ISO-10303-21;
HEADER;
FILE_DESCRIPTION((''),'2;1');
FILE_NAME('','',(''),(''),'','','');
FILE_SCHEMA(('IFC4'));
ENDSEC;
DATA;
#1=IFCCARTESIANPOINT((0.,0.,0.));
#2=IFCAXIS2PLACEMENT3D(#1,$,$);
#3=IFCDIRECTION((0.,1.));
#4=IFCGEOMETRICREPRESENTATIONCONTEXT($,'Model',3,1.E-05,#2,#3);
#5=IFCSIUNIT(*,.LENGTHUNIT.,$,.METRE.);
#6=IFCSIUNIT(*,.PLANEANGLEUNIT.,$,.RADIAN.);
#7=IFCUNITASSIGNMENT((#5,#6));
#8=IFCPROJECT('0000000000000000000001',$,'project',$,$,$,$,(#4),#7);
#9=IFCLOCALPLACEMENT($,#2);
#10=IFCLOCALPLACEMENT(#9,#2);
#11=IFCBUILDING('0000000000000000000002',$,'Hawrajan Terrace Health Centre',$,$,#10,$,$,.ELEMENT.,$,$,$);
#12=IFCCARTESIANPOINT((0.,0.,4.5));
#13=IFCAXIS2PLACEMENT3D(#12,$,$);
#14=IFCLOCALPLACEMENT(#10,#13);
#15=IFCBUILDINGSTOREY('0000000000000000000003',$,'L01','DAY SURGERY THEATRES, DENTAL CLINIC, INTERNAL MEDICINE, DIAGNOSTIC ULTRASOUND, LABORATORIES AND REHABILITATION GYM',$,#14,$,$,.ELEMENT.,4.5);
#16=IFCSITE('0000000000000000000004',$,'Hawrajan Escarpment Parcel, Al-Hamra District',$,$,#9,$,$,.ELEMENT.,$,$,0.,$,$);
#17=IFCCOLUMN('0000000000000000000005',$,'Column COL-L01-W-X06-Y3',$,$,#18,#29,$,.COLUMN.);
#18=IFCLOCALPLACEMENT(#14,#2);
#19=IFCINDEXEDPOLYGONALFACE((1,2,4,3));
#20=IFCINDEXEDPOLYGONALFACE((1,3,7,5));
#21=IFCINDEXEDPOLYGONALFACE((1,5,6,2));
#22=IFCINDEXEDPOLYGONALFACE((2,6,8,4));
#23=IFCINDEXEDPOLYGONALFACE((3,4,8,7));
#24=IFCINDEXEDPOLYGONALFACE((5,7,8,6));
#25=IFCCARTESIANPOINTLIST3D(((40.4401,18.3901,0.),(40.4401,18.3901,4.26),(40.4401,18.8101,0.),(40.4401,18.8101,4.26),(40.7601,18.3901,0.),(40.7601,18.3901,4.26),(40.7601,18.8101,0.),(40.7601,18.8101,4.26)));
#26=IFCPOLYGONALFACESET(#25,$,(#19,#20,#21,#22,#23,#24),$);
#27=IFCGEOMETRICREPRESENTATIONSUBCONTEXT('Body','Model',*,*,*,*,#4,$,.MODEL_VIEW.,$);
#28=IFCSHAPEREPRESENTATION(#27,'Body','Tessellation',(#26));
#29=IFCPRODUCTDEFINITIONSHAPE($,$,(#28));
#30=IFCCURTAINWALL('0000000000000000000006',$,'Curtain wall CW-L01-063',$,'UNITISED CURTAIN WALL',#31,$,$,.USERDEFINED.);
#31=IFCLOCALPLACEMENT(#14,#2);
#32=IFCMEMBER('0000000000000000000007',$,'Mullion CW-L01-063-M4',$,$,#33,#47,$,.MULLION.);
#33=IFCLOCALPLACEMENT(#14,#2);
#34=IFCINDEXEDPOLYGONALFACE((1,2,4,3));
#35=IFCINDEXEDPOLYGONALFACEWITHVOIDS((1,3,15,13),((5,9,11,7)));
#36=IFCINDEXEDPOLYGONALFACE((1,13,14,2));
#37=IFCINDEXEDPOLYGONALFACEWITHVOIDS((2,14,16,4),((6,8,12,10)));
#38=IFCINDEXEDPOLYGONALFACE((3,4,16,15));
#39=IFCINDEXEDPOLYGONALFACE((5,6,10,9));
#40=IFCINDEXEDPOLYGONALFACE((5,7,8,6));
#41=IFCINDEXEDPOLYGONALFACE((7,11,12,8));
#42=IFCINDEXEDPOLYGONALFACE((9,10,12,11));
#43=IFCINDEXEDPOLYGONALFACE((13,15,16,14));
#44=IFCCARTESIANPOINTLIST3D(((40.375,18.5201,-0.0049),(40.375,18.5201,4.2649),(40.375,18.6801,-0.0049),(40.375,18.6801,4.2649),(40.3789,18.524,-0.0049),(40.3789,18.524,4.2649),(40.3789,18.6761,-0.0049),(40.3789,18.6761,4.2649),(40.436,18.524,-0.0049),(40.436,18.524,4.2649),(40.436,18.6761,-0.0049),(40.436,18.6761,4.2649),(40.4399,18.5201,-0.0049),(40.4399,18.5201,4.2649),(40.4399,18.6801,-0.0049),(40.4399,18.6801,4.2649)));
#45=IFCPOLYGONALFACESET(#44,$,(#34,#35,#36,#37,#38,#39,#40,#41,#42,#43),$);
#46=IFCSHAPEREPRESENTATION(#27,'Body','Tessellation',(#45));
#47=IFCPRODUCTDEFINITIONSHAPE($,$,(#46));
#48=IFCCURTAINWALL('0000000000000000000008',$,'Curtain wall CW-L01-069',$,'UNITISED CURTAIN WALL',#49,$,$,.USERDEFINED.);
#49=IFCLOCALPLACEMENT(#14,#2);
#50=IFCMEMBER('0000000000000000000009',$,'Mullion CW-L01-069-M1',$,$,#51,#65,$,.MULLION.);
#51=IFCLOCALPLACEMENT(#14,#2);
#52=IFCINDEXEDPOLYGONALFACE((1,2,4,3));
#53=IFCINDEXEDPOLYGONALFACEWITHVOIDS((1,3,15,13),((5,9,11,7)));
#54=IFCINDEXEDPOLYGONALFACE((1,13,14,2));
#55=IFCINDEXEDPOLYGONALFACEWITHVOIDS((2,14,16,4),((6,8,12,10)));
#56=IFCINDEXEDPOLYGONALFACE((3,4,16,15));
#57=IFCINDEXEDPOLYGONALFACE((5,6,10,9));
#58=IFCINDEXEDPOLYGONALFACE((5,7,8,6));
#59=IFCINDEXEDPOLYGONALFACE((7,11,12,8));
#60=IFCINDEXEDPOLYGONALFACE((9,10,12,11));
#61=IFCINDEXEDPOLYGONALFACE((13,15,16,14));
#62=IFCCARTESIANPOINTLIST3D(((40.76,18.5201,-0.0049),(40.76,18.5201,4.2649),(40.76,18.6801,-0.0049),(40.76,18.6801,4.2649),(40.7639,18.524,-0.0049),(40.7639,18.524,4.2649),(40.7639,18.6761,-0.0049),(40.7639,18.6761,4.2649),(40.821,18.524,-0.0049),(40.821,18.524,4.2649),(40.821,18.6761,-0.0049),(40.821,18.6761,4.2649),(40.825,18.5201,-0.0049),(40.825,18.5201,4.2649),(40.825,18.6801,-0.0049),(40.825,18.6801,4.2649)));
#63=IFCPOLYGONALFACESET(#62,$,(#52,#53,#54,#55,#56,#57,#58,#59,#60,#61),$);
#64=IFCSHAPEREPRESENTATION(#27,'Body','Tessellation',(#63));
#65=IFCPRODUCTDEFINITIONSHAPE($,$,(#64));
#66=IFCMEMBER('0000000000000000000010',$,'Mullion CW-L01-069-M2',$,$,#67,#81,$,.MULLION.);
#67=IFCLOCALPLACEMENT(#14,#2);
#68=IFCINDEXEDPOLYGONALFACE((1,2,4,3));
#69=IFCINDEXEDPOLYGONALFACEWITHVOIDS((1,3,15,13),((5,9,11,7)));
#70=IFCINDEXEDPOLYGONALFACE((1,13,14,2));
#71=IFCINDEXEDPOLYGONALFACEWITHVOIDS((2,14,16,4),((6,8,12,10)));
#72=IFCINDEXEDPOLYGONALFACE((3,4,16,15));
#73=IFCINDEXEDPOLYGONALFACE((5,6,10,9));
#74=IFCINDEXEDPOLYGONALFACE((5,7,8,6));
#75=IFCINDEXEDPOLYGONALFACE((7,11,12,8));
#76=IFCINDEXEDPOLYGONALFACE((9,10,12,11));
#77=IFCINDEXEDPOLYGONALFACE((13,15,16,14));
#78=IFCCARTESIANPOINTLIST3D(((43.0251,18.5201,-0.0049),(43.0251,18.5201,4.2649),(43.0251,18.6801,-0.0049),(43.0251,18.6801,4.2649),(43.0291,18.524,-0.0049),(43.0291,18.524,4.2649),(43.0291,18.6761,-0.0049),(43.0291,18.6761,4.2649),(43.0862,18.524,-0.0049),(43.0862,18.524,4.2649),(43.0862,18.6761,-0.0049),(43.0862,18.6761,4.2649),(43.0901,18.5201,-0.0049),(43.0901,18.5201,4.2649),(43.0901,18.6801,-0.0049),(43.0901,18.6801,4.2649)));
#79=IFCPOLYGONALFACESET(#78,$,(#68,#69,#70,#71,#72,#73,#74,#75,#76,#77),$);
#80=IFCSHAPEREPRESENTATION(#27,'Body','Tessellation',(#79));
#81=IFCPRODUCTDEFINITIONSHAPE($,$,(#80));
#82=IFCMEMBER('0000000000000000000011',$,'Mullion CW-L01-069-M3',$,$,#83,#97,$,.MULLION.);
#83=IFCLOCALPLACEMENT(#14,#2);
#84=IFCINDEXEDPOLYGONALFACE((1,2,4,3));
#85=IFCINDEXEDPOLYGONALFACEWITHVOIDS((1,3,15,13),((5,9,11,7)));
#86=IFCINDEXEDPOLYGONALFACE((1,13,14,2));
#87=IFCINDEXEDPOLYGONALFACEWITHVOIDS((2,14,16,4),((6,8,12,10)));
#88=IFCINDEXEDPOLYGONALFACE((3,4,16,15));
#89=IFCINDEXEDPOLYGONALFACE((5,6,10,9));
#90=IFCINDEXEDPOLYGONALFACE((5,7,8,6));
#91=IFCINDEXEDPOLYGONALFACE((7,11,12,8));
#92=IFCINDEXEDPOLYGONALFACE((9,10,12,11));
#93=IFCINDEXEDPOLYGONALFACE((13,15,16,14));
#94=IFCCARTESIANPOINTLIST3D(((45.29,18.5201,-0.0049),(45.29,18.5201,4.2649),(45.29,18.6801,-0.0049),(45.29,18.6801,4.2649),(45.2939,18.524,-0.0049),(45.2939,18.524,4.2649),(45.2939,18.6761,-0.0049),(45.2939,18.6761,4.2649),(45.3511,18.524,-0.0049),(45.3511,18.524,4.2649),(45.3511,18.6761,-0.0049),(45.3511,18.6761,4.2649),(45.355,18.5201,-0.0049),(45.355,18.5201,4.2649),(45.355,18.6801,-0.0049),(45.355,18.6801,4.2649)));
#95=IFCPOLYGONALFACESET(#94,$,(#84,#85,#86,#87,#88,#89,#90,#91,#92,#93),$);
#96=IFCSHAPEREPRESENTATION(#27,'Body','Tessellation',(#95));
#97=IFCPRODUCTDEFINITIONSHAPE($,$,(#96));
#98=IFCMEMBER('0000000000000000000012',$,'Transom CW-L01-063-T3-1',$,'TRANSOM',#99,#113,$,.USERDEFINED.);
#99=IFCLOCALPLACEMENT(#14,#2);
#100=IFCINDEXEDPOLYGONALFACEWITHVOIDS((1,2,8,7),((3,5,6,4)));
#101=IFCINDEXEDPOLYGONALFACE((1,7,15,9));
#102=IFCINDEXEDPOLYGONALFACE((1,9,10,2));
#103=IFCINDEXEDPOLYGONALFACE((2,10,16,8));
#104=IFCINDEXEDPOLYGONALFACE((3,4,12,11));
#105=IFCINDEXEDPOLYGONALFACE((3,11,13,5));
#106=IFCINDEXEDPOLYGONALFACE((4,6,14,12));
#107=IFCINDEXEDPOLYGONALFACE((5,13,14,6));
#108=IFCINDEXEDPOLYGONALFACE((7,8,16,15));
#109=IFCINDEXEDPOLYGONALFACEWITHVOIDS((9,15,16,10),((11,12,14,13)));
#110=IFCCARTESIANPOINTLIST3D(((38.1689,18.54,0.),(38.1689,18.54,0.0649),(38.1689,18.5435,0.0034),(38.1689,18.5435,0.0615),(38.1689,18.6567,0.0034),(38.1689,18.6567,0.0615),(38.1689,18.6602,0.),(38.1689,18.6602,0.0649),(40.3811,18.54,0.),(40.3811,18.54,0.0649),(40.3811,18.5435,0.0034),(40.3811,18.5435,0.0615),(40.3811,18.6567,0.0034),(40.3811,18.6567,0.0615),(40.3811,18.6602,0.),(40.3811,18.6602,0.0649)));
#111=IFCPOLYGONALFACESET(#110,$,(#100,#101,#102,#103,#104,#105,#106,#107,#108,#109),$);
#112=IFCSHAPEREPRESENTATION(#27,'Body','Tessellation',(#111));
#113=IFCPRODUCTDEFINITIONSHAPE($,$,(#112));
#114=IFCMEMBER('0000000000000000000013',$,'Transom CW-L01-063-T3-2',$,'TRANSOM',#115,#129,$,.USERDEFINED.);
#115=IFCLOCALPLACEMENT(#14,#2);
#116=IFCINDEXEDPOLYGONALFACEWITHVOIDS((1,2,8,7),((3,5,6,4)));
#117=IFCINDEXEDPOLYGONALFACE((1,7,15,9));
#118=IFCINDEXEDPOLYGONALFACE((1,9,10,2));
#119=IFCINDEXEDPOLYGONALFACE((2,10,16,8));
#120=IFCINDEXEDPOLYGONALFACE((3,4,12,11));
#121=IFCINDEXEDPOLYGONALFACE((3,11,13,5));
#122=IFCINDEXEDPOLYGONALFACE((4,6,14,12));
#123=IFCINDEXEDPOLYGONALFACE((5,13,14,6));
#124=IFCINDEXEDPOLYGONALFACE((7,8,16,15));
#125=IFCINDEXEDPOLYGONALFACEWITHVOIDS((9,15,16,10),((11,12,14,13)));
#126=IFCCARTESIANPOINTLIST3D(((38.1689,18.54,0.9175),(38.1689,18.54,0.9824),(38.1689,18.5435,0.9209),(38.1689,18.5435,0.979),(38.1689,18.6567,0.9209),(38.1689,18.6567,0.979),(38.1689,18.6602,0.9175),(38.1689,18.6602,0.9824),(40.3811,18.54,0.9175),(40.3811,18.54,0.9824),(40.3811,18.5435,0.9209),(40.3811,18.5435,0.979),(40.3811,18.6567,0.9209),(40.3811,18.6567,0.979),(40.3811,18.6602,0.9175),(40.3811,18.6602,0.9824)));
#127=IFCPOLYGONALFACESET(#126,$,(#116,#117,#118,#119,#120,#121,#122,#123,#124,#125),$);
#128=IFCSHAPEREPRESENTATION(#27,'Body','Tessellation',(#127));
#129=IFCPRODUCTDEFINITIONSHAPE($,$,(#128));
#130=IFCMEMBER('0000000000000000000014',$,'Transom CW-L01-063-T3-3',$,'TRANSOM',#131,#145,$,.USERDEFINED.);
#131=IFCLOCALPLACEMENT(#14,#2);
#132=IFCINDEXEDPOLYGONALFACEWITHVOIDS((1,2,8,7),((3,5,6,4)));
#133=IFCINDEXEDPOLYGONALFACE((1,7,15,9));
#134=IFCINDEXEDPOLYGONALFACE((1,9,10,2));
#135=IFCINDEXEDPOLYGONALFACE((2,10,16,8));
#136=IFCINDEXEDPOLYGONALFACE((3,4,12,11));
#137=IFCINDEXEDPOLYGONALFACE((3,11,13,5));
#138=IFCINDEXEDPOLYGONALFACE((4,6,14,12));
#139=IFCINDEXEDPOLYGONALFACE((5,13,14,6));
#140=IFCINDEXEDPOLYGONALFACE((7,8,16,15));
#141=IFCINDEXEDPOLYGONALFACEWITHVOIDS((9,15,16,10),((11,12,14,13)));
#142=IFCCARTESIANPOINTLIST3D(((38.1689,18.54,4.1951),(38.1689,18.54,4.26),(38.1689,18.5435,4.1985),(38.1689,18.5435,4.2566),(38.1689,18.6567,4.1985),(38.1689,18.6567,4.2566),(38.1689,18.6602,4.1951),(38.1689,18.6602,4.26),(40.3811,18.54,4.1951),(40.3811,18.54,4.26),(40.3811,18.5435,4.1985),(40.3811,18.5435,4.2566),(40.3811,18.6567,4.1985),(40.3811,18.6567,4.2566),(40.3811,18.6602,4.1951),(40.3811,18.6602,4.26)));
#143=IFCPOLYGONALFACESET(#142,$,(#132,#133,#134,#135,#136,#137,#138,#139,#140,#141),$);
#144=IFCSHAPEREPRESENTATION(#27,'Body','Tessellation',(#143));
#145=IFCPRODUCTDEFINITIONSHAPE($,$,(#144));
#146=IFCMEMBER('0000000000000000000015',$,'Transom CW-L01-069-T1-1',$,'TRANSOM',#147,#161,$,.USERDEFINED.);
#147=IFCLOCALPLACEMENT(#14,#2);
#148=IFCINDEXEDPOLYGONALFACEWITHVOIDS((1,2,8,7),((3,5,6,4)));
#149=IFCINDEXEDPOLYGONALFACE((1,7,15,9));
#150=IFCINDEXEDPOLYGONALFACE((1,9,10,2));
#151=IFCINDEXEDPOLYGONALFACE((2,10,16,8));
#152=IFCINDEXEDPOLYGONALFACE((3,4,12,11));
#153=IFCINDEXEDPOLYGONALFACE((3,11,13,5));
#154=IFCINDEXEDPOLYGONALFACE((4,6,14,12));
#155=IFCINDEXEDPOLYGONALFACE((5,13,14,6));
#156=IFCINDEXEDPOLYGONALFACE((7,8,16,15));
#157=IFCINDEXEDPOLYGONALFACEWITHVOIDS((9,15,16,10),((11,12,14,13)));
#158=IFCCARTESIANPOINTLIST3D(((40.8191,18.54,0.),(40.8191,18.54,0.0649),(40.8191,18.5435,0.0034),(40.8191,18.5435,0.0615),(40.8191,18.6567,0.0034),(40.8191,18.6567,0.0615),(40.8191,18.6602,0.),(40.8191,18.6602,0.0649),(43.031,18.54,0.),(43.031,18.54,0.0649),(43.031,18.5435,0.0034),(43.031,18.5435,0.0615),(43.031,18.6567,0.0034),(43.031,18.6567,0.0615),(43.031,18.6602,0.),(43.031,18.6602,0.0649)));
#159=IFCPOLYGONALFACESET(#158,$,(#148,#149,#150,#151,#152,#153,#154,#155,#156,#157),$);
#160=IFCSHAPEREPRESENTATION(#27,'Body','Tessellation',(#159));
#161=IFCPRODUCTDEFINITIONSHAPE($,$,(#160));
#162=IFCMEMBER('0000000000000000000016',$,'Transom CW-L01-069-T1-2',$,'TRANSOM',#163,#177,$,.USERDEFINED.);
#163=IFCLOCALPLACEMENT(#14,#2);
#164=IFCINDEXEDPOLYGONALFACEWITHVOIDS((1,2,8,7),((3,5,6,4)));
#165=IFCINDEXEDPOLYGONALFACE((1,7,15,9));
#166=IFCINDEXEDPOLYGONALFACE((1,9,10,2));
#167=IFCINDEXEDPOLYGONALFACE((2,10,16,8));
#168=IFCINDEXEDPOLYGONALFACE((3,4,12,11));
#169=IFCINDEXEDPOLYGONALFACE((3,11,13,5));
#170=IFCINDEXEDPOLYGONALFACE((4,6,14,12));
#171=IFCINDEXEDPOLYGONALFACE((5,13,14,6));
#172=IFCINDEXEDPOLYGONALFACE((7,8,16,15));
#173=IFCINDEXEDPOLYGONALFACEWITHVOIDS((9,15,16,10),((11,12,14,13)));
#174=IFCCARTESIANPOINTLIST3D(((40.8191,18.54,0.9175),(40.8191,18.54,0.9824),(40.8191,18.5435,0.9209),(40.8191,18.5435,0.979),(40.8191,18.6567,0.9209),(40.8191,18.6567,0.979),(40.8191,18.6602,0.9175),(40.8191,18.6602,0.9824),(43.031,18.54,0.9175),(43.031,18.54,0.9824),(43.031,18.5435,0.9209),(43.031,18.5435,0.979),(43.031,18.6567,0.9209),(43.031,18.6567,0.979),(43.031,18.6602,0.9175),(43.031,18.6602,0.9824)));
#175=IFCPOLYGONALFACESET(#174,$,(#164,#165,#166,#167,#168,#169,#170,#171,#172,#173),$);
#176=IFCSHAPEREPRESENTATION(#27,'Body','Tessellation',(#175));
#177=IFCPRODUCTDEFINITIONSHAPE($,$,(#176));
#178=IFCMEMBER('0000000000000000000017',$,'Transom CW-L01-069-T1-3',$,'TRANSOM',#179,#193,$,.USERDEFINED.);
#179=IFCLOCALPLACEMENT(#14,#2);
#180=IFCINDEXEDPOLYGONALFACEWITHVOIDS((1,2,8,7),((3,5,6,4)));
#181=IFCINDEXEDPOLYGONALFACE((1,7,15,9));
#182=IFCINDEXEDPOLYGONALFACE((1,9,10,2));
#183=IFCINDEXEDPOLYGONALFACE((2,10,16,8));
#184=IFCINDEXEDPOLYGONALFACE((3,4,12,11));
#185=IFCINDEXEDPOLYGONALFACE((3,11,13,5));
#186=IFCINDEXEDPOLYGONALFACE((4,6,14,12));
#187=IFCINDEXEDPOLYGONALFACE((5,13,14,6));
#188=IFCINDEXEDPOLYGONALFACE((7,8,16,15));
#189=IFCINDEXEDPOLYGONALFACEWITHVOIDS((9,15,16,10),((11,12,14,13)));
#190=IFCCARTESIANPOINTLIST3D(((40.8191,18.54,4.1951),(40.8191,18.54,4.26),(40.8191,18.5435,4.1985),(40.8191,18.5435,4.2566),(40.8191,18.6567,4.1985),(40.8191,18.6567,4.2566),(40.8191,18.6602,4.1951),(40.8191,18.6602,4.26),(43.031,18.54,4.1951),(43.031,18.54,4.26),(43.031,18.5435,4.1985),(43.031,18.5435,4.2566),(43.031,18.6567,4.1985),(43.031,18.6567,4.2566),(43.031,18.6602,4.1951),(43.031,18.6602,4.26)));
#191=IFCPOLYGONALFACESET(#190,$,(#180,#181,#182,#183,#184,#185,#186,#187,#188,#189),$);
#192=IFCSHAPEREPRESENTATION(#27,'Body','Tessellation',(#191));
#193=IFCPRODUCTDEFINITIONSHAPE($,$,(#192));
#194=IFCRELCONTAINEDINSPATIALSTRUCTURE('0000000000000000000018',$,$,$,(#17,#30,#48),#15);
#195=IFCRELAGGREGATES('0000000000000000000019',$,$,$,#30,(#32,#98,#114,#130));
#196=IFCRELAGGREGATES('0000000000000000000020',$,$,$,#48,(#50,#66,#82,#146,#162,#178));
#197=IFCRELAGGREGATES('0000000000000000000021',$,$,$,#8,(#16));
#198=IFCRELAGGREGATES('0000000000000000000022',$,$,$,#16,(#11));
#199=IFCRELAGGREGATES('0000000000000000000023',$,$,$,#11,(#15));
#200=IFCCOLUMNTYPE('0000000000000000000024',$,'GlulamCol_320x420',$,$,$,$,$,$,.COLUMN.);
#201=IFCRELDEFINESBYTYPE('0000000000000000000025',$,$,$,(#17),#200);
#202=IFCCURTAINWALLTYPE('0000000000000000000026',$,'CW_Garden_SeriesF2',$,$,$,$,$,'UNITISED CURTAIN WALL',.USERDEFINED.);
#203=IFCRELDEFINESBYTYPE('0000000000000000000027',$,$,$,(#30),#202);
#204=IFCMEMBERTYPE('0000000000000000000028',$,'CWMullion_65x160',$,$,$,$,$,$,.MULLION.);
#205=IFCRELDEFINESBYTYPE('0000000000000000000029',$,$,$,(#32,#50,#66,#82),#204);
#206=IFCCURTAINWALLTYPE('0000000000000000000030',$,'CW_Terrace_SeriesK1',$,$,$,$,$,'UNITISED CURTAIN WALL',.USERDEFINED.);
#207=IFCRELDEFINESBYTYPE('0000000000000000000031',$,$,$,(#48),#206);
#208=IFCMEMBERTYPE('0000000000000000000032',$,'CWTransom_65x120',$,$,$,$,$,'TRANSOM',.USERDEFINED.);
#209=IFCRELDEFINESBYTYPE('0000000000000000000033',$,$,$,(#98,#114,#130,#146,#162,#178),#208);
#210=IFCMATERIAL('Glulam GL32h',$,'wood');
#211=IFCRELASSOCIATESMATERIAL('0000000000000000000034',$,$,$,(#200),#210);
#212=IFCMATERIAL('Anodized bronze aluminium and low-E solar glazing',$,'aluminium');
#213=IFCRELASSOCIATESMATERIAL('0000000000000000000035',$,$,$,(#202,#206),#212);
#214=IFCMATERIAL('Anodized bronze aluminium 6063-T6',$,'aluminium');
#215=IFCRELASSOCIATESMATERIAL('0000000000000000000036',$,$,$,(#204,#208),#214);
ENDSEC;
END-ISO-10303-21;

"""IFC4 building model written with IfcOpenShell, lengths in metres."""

from ifc_helpers import new_model, si_unit, direction, frame, origin, origin_2d, place, context, subcontext, project, spatial, rectangle, hollow_rectangle, extrude, material, material_profile, profile_set, type_object, element, aggregate, save


model = new_model("IFC4")

# Units and contexts
model_context = context("Model", 3, precision=1e-05, world=origin(), true_north=direction((0.0, 1.0)))
body_context = subcontext(model_context, "Body", "Model", "MODEL_VIEW")
ifc_project = project(units=[si_unit("LENGTHUNIT", "METRE"), si_unit("PLANEANGLEUNIT", "RADIAN")], contexts=[model_context])

# Site, building, storey
site_placement = place(None, origin())
site = spatial("IfcSite", under=ifc_project, at=site_placement, Name="Hawrajan Escarpment Parcel, Al-Hamra District", CompositionType="ELEMENT", RefElevation=0.0)
building_placement = place(site_placement, origin())
building = spatial("IfcBuilding", under=site, at=building_placement, Name="Hawrajan Terrace Health Centre", CompositionType="ELEMENT")
storey_placement = place(building_placement, frame((0.0, 0.0, 4.5)))
storey = spatial("IfcBuildingStorey", under=building, at=storey_placement, Name="L01", Description="DAY SURGERY THEATRES, DENTAL CLINIC, INTERNAL MEDICINE, DIAGNOSTIC ULTRASOUND, LABORATORIES AND REHABILITATION GYM", CompositionType="ELEMENT", Elevation=4.5)

# Column
ifc_material_1 = material(Name="Glulam GL32h", Category="wood")
ifc_material_profile_1 = material_profile(ifc_material_1, rectangle(XDim=0.3201, YDim=0.4199, at=origin_2d()), Name="GL 320x420")
ifc_profile_set_1 = profile_set([ifc_material_profile_1], Name="Glulam GL32h")
column_type = type_object("IfcColumnType", Name="GlulamCol_320x420", PredefinedType="COLUMN", material=ifc_profile_set_1)
column_placement = place(storey_placement, frame((40.6001, 18.6001, 0.0), z_axis=(0.0, 0.0, 1.0), x_axis=(1.0, 0.0, 0.0)))
element("IfcColumn", 1, at=column_placement, inside=storey, type_object=column_type, Name="Column COL-L01-W-X06-Y3", PredefinedType="COLUMN", context=body_context, shape_type="SweptSolid", body=[
    extrude(rectangle(XDim=0.3201, YDim=0.4199, at=origin_2d()), origin(), (0.0, 0.0, 1.0), 4.26),
])

# Curtain wall, member
ifc_material_2 = material(Name="Anodized bronze aluminium and low-E solar glazing", Category="aluminium")
curtain_wall_type_1 = type_object("IfcCurtainWallType", Name="CW_Garden_SeriesF2", ElementType="UNITISED CURTAIN WALL", PredefinedType="USERDEFINED", material=ifc_material_2)
curtain_wall_1_placement = place(storey_placement, origin())
curtain_wall_1 = element("IfcCurtainWall", 2, at=curtain_wall_1_placement, inside=storey, type_object=curtain_wall_type_1, Name="Curtain wall CW-L01-063", ObjectType="UNITISED CURTAIN WALL", PredefinedType="USERDEFINED")
ifc_material_3 = material(Name="Anodized bronze aluminium 6063-T6", Category="aluminium")
ifc_material_profile_2 = material_profile(ifc_material_3, hollow_rectangle(XDim=0.0649, YDim=0.1599, WallThickness=0.0039, at=origin_2d()), Name="CW MUL 65x160")
ifc_profile_set_2 = profile_set([ifc_material_profile_2], Name="Anodized bronze aluminium 6063-T6")
member_type_1 = type_object("IfcMemberType", Name="CWMullion_65x160", PredefinedType="MULLION", material=ifc_profile_set_2)
member_1_placement = place(storey_placement, frame((40.4075, 18.6001, -0.0049), z_axis=(0.0, 0.0, 1.0), x_axis=(1.0, 0.0, 0.0)))
member_1 = element("IfcMember", 3, at=member_1_placement, type_object=member_type_1, Name="Mullion CW-L01-063-M4", PredefinedType="MULLION", context=body_context, shape_type="SweptSolid", body=[
    extrude(hollow_rectangle(XDim=0.0649, YDim=0.1599, WallThickness=0.0039, at=origin_2d()), origin(), (0.0, 0.0, 1.0), 4.2698),
])

# Curtain wall, members
curtain_wall_type_2 = type_object("IfcCurtainWallType", Name="CW_Terrace_SeriesK1", ElementType="UNITISED CURTAIN WALL", PredefinedType="USERDEFINED", material=ifc_material_2)
curtain_wall_2_placement = place(storey_placement, origin())
curtain_wall_2 = element("IfcCurtainWall", 4, at=curtain_wall_2_placement, inside=storey, type_object=curtain_wall_type_2, Name="Curtain wall CW-L01-069", ObjectType="UNITISED CURTAIN WALL", PredefinedType="USERDEFINED")
member_2_placement = place(storey_placement, frame((40.7925, 18.6001, -0.0049), z_axis=(0.0, 0.0, 1.0), x_axis=(1.0, 0.0, 0.0)))
member_2 = element("IfcMember", 5, at=member_2_placement, type_object=member_type_1, Name="Mullion CW-L01-069-M1", PredefinedType="MULLION", context=body_context, shape_type="SweptSolid", body=[
    extrude(hollow_rectangle(XDim=0.0649, YDim=0.1599, WallThickness=0.0039, at=origin_2d()), origin(), (0.0, 0.0, 1.0), 4.2698),
])
member_3_placement = place(storey_placement, frame((43.0576, 18.6001, -0.0049), z_axis=(0.0, 0.0, 1.0), x_axis=(1.0, 0.0, 0.0)))
member_3 = element("IfcMember", 6, at=member_3_placement, type_object=member_type_1, Name="Mullion CW-L01-069-M2", PredefinedType="MULLION", context=body_context, shape_type="SweptSolid", body=[
    extrude(hollow_rectangle(XDim=0.0649, YDim=0.1599, WallThickness=0.0039, at=origin_2d()), origin(), (0.0, 0.0, 1.0), 4.2698),
])
member_4_placement = place(storey_placement, frame((45.3225, 18.6001, -0.0049), z_axis=(0.0, 0.0, 1.0), x_axis=(1.0, 0.0, 0.0)))
member_4 = element("IfcMember", 7, at=member_4_placement, type_object=member_type_1, Name="Mullion CW-L01-069-M3", PredefinedType="MULLION", context=body_context, shape_type="SweptSolid", body=[
    extrude(hollow_rectangle(XDim=0.0649, YDim=0.1599, WallThickness=0.0039, at=origin_2d()), origin(), (0.0, 0.0, 1.0), 4.2698),
])

# Members
ifc_material_profile_3 = material_profile(ifc_material_3, hollow_rectangle(XDim=0.0649, YDim=0.1201, WallThickness=0.0034, at=origin_2d()), Name="CW TRN 65x120")
ifc_profile_set_3 = profile_set([ifc_material_profile_3], Name="Anodized bronze aluminium 6063-T6")
member_type_2 = type_object("IfcMemberType", Name="CWTransom_65x120", ElementType="TRANSOM", PredefinedType="USERDEFINED", material=ifc_profile_set_3)
member_5_placement = place(storey_placement, frame((38.1689, 18.6001, 0.0325), z_axis=(1.0, 0.0, 0.0), x_axis=(0.0, 0.0, 1.0)))
member_5 = element("IfcMember", 8, at=member_5_placement, type_object=member_type_2, Name="Transom CW-L01-063-T3-1", ObjectType="TRANSOM", PredefinedType="USERDEFINED", context=body_context, shape_type="SweptSolid", body=[
    extrude(hollow_rectangle(XDim=0.0649, YDim=0.1201, WallThickness=0.0034, at=origin_2d()), origin(), (0.0, 0.0, 1.0), 2.2122),
])
member_6_placement = place(storey_placement, frame((38.1689, 18.6001, 0.95), z_axis=(1.0, 0.0, 0.0), x_axis=(0.0, 0.0, 1.0)))
member_6 = element("IfcMember", 9, at=member_6_placement, type_object=member_type_2, Name="Transom CW-L01-063-T3-2", ObjectType="TRANSOM", PredefinedType="USERDEFINED", context=body_context, shape_type="SweptSolid", body=[
    extrude(hollow_rectangle(XDim=0.0649, YDim=0.1201, WallThickness=0.0034, at=origin_2d()), origin(), (0.0, 0.0, 1.0), 2.2122),
])
member_7_placement = place(storey_placement, frame((38.1689, 18.6001, 4.2275), z_axis=(1.0, 0.0, 0.0), x_axis=(0.0, 0.0, 1.0)))
member_7 = element("IfcMember", 10, at=member_7_placement, type_object=member_type_2, Name="Transom CW-L01-063-T3-3", ObjectType="TRANSOM", PredefinedType="USERDEFINED", context=body_context, shape_type="SweptSolid", body=[
    extrude(hollow_rectangle(XDim=0.0649, YDim=0.1201, WallThickness=0.0034, at=origin_2d()), origin(), (0.0, 0.0, 1.0), 2.2122),
])
member_8_placement = place(storey_placement, frame((40.8191, 18.6001, 0.0325), z_axis=(1.0, 0.0, 0.0), x_axis=(0.0, 0.0, 1.0)))
member_8 = element("IfcMember", 11, at=member_8_placement, type_object=member_type_2, Name="Transom CW-L01-069-T1-1", ObjectType="TRANSOM", PredefinedType="USERDEFINED", context=body_context, shape_type="SweptSolid", body=[
    extrude(hollow_rectangle(XDim=0.0649, YDim=0.1201, WallThickness=0.0034, at=origin_2d()), origin(), (0.0, 0.0, 1.0), 2.2119),
])
member_9_placement = place(storey_placement, frame((40.8191, 18.6001, 0.95), z_axis=(1.0, 0.0, 0.0), x_axis=(0.0, 0.0, 1.0)))
member_9 = element("IfcMember", 12, at=member_9_placement, type_object=member_type_2, Name="Transom CW-L01-069-T1-2", ObjectType="TRANSOM", PredefinedType="USERDEFINED", context=body_context, shape_type="SweptSolid", body=[
    extrude(hollow_rectangle(XDim=0.0649, YDim=0.1201, WallThickness=0.0034, at=origin_2d()), origin(), (0.0, 0.0, 1.0), 2.2119),
])
member_10_placement = place(storey_placement, frame((40.8191, 18.6001, 4.2275), z_axis=(1.0, 0.0, 0.0), x_axis=(0.0, 0.0, 1.0)))
member_10 = element("IfcMember", 13, at=member_10_placement, type_object=member_type_2, Name="Transom CW-L01-069-T1-3", ObjectType="TRANSOM", PredefinedType="USERDEFINED", context=body_context, shape_type="SweptSolid", body=[
    extrude(hollow_rectangle(XDim=0.0649, YDim=0.1201, WallThickness=0.0034, at=origin_2d()), origin(), (0.0, 0.0, 1.0), 2.2119),
])

aggregate(curtain_wall_1, [member_1, member_5, member_6, member_7])
aggregate(curtain_wall_2, [member_2, member_3, member_4, member_8, member_9, member_10])

save(model, "model.ifc")
